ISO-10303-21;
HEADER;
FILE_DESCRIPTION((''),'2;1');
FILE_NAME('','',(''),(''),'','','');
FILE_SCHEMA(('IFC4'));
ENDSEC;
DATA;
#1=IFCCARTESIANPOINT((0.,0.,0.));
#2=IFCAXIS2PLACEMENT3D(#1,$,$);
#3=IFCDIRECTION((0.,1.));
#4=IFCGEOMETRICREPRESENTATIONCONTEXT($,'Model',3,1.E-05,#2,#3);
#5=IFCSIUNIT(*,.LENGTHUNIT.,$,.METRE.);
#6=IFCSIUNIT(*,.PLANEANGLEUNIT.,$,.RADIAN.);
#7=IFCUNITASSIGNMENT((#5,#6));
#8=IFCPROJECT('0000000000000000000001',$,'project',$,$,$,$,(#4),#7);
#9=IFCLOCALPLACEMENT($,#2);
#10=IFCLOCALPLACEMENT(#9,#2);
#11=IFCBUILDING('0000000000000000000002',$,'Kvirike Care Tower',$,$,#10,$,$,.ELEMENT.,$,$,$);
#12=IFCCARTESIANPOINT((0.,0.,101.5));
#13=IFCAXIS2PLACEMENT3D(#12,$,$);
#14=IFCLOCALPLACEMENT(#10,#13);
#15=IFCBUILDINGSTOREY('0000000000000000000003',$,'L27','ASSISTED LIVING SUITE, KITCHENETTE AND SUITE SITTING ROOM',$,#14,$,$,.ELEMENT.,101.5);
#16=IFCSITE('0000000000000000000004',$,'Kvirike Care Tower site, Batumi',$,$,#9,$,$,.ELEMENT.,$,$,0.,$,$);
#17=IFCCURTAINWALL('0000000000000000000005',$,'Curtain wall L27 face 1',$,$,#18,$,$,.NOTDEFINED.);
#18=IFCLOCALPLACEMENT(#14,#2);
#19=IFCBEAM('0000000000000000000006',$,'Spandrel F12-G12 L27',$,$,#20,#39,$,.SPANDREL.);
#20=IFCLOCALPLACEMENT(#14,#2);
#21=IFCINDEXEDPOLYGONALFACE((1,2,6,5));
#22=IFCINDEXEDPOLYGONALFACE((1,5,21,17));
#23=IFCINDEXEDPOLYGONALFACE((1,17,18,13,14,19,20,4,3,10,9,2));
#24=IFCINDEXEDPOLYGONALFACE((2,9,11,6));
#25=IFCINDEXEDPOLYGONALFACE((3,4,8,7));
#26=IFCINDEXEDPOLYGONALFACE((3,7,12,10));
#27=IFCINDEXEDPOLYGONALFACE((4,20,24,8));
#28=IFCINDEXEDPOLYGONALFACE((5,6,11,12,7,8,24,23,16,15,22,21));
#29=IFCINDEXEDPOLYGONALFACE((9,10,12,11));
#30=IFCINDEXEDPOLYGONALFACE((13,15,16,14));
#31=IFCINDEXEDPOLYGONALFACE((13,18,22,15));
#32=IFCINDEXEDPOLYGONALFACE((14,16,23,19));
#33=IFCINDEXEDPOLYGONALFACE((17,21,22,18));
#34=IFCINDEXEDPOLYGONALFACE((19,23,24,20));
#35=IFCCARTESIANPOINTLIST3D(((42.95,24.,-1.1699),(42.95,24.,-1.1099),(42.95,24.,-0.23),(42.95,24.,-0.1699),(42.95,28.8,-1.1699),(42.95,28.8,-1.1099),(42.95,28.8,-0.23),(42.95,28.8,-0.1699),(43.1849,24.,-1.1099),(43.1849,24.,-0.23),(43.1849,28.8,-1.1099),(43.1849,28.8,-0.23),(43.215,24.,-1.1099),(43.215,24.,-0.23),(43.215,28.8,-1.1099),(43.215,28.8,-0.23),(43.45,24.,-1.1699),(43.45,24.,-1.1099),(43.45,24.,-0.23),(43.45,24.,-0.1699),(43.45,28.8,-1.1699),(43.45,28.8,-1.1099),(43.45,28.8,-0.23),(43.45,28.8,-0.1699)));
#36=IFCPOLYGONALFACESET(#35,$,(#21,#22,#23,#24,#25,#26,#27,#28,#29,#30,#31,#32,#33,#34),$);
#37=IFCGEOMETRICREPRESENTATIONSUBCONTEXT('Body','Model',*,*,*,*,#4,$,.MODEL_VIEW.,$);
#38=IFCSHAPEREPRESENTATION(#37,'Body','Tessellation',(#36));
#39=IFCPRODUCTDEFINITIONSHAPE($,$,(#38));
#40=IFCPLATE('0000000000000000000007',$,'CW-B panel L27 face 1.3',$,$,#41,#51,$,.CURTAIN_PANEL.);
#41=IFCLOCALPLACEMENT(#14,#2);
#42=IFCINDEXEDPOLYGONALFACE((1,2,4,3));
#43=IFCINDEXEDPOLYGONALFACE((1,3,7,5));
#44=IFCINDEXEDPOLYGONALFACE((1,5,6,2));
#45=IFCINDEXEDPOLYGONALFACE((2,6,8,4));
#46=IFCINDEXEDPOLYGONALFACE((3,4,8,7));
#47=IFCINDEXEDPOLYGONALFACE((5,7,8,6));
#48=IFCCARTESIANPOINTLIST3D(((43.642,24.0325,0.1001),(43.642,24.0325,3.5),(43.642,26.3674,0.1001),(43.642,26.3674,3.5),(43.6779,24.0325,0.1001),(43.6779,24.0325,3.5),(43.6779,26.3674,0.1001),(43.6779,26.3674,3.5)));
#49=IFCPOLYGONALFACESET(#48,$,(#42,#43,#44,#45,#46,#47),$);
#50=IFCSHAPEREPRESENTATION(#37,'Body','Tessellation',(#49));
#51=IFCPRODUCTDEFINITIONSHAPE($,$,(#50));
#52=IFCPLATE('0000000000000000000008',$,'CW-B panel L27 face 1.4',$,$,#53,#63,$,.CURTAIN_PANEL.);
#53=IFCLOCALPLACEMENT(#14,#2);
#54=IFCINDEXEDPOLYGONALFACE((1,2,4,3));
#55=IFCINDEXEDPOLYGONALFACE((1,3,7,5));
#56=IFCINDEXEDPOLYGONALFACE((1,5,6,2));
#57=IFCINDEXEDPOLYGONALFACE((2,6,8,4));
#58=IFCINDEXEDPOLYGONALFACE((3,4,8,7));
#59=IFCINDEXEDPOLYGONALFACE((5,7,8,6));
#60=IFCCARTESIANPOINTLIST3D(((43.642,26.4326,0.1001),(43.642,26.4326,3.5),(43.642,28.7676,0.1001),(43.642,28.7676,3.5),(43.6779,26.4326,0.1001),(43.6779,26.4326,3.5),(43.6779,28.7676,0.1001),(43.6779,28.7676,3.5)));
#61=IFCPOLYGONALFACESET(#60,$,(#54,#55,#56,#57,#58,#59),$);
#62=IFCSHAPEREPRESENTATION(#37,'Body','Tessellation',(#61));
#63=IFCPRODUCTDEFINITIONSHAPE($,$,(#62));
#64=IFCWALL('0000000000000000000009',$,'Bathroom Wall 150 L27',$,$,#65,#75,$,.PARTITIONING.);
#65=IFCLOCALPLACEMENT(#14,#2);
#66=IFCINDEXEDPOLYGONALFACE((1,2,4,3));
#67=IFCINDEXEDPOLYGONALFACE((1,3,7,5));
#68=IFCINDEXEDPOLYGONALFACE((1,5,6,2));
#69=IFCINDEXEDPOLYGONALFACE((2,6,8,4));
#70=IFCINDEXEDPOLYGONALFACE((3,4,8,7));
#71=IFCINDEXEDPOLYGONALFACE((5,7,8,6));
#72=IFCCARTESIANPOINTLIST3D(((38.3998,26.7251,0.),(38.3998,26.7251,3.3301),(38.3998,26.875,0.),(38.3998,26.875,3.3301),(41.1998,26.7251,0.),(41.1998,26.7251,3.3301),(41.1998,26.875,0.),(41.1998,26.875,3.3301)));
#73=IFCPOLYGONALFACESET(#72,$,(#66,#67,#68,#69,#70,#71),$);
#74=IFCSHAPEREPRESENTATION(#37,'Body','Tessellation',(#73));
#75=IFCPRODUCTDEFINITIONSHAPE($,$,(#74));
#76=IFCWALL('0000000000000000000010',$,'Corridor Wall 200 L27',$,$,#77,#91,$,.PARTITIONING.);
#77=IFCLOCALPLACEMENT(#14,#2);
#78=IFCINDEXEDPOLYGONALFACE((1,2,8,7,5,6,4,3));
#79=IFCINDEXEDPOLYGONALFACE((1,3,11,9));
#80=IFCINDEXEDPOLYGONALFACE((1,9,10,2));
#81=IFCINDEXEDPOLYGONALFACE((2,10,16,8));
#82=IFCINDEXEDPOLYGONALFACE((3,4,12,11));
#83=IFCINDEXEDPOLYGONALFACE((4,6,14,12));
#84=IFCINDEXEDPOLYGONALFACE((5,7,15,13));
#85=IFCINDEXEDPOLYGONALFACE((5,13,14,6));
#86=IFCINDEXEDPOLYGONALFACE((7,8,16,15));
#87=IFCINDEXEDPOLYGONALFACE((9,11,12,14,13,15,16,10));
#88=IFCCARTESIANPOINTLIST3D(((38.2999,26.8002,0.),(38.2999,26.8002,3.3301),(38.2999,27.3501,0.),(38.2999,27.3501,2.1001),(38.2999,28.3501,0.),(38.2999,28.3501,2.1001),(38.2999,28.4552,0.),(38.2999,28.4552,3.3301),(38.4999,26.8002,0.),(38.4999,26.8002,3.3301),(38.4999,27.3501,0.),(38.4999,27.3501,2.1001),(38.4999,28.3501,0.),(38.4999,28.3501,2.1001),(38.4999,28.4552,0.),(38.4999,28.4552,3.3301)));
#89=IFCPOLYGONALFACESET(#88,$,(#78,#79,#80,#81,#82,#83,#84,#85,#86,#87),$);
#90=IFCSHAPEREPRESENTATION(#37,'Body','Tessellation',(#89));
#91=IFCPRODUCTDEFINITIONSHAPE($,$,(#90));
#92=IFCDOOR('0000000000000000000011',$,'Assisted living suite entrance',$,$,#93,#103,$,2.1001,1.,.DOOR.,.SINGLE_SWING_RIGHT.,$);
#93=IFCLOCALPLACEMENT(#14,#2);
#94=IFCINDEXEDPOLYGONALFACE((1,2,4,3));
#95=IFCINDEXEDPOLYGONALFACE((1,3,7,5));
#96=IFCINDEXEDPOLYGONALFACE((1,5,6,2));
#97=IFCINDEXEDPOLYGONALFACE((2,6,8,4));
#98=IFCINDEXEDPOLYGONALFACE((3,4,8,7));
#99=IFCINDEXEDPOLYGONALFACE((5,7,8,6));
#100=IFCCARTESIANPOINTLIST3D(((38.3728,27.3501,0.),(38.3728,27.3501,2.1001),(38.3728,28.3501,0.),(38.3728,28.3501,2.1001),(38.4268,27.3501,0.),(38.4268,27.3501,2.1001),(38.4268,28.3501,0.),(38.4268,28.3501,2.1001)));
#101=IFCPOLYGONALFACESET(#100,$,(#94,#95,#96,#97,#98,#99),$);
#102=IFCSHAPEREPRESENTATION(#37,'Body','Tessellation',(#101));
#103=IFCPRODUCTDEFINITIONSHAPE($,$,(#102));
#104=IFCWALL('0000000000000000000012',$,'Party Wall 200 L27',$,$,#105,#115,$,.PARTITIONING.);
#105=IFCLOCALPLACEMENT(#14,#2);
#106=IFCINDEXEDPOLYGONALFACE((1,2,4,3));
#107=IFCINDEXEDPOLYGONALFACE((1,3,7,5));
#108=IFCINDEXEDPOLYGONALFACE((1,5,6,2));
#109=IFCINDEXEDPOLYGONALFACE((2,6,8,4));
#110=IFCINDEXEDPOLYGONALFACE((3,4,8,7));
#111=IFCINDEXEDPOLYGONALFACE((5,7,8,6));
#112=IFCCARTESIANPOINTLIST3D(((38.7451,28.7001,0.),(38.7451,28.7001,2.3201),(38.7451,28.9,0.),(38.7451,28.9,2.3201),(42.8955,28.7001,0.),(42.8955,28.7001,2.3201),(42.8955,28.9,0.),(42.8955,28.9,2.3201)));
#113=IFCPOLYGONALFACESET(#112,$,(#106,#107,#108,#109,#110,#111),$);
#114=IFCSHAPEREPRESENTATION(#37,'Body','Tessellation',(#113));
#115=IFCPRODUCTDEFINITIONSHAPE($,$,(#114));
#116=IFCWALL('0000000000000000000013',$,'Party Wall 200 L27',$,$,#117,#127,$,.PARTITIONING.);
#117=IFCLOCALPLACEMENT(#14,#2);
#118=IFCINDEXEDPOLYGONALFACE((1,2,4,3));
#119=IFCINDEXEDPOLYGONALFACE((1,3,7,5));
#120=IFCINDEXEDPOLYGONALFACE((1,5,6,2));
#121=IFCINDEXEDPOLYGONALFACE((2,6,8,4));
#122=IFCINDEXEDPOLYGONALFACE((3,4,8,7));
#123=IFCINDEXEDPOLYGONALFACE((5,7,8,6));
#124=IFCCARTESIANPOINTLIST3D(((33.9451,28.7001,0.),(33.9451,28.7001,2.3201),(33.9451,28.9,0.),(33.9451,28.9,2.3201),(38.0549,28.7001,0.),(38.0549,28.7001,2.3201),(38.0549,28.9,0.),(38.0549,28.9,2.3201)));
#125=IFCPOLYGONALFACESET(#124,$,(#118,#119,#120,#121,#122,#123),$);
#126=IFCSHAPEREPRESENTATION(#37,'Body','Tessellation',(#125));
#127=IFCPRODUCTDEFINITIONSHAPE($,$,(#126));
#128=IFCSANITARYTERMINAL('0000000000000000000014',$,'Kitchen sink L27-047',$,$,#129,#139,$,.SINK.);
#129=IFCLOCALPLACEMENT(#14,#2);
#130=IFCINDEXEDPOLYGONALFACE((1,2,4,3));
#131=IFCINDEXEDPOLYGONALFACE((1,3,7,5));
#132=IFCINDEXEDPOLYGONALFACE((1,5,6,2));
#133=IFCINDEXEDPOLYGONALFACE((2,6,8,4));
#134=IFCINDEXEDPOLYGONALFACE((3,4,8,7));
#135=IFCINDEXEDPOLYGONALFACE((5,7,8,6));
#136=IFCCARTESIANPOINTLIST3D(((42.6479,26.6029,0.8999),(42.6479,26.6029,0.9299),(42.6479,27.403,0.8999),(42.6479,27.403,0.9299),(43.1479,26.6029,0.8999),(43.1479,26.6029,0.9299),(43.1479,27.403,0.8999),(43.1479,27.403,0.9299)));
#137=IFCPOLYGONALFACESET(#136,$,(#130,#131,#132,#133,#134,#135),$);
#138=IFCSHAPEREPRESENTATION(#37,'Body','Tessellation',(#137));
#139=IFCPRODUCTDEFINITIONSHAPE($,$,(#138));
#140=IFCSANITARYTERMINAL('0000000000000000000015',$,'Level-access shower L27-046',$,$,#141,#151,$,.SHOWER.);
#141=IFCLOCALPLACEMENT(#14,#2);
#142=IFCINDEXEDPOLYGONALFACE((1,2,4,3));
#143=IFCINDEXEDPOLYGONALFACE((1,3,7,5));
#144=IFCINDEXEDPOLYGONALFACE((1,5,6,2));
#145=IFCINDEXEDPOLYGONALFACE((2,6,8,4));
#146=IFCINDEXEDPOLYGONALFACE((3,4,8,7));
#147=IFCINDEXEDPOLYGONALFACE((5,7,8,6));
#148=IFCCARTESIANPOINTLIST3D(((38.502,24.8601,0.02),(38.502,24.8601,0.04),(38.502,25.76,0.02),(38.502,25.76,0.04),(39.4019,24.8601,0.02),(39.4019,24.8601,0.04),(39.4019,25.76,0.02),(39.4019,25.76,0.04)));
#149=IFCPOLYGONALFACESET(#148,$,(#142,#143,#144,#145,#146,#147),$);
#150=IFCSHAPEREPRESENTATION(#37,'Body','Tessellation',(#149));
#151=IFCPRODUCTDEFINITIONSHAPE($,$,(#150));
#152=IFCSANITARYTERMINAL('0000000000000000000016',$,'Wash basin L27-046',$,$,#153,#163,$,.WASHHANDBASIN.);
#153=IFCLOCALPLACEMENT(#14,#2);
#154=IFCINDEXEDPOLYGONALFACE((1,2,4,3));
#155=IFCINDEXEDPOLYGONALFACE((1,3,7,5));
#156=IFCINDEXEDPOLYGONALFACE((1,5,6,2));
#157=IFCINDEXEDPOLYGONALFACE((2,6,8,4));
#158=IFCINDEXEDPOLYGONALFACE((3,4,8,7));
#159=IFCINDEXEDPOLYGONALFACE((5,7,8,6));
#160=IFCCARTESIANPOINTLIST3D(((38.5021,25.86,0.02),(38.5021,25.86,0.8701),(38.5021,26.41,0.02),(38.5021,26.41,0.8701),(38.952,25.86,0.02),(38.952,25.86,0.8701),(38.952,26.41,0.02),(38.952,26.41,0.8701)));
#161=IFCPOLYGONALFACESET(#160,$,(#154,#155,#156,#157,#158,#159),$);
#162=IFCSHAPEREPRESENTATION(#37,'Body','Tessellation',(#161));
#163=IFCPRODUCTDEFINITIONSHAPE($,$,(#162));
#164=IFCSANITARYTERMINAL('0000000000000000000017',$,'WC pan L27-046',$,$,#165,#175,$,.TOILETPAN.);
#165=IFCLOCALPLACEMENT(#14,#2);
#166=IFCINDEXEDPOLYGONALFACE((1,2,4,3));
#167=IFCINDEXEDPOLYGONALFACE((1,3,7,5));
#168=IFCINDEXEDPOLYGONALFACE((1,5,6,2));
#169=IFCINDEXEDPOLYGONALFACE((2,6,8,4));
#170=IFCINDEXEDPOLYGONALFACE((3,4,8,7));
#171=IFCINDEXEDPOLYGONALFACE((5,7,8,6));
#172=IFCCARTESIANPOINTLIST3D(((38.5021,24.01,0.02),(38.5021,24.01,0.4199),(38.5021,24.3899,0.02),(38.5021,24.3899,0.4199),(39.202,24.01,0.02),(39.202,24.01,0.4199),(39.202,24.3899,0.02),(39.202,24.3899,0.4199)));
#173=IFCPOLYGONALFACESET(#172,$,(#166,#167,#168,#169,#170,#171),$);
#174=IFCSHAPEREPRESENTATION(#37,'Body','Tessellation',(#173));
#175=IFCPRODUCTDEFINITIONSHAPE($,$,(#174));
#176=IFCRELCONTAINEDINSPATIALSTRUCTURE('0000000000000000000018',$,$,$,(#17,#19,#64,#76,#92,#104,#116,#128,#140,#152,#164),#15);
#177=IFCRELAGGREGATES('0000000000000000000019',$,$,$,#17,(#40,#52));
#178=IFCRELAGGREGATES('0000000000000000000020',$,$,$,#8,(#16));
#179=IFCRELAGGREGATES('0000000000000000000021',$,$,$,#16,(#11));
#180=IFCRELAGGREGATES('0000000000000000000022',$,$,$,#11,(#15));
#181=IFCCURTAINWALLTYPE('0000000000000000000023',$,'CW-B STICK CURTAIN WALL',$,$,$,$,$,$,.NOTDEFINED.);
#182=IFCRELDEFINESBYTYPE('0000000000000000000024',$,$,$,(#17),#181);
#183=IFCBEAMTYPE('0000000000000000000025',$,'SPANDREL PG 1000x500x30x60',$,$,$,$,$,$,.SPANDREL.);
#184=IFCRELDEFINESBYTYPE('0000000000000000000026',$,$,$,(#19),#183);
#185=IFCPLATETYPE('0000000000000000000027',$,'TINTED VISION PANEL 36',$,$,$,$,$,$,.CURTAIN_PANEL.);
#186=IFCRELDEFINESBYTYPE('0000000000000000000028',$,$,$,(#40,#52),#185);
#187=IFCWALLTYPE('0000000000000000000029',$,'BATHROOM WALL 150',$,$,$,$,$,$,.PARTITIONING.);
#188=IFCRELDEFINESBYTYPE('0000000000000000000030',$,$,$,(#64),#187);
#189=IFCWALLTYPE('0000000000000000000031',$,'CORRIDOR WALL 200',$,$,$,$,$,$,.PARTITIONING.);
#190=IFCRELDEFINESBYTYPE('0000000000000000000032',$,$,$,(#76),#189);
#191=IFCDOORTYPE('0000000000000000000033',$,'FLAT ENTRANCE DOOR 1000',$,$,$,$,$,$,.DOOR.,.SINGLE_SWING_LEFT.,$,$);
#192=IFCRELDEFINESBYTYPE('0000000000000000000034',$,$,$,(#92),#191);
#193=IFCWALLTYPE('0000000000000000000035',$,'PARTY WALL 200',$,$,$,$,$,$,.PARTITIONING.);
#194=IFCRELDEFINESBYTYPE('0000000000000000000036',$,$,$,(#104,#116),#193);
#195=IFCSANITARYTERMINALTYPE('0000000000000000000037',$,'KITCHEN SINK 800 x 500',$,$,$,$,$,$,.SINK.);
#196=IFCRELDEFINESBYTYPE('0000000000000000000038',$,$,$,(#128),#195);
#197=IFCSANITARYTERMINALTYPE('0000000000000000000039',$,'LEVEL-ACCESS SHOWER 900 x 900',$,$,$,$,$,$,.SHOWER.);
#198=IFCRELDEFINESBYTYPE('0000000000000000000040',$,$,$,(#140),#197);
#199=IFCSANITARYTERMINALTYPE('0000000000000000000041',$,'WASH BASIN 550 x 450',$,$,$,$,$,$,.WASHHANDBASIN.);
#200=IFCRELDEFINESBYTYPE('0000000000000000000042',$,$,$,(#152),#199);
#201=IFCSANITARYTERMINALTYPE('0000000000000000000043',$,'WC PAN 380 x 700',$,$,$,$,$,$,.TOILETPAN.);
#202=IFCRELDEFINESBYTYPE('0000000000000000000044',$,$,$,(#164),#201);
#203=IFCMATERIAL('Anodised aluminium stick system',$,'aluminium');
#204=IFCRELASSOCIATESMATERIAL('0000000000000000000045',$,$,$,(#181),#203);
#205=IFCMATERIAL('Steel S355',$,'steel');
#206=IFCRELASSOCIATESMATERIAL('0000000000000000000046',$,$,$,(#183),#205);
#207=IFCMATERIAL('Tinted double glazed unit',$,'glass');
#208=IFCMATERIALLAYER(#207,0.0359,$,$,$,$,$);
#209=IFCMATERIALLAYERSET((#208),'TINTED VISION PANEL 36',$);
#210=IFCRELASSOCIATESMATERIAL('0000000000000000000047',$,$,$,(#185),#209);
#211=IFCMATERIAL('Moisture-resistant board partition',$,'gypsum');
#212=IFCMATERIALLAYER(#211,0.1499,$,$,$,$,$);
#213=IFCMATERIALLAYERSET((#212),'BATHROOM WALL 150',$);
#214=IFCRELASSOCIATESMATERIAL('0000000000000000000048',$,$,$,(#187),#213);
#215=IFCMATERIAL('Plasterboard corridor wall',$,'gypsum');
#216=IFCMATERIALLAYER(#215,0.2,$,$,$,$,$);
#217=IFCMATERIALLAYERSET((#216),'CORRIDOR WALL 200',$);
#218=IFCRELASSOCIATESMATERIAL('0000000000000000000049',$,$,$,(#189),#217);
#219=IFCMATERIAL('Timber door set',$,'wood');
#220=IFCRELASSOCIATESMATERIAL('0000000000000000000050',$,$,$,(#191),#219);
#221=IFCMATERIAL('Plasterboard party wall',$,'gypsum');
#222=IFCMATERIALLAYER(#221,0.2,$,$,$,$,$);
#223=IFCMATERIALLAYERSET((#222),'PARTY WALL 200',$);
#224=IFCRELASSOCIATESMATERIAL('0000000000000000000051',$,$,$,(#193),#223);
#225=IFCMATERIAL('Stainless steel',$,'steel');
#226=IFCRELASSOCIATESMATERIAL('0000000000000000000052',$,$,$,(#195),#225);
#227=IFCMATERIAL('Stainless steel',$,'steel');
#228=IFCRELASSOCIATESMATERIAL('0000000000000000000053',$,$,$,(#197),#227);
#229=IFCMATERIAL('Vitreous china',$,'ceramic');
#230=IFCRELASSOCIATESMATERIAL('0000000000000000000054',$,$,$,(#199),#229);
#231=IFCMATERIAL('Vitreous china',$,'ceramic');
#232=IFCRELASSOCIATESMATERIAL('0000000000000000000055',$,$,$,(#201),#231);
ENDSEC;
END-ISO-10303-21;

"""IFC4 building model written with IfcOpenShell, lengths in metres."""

from ifc_helpers import new_model, si_unit, direction, frame, frame_2d, origin, origin_2d, place, context, subcontext, project, spatial, rectangle, i_section, extrude, material, layer, layer_set, material_profile, profile_set, type_object, element, fill, aggregate, save


model = new_model("IFC4")

# Units and contexts
model_context = context("Model", 3, precision=1e-05, world=origin(), true_north=direction((0.0, 1.0)))
body_context = subcontext(model_context, "Body", "Model", "MODEL_VIEW")
ifc_project = project(units=[si_unit("LENGTHUNIT", "METRE"), si_unit("PLANEANGLEUNIT", "RADIAN")], contexts=[model_context])

# Site, building, storey
site_placement = place(None, origin())
site = spatial("IfcSite", under=ifc_project, at=site_placement, Name="Kvirike Care Tower site, Batumi", CompositionType="ELEMENT", RefElevation=0.0)
building_placement = place(site_placement, origin())
building = spatial("IfcBuilding", under=site, at=building_placement, Name="Kvirike Care Tower", CompositionType="ELEMENT")
storey_placement = place(building_placement, frame((0.0, 0.0, 101.5)))
storey = spatial("IfcBuildingStorey", under=building, at=storey_placement, Name="L27", Description="ASSISTED LIVING SUITE, KITCHENETTE AND SUITE SITTING ROOM", CompositionType="ELEMENT", Elevation=101.5)

# Curtain wall
ifc_material_1 = material(Name="Anodised aluminium stick system", Category="aluminium")
curtain_wall_type = type_object("IfcCurtainWallType", Name="CW-B STICK CURTAIN WALL", PredefinedType="NOTDEFINED", material=ifc_material_1)
curtain_wall_placement = place(storey_placement, origin())
curtain_wall = element("IfcCurtainWall", 1, at=curtain_wall_placement, inside=storey, type_object=curtain_wall_type, Name="Curtain wall L27 face 1", PredefinedType="NOTDEFINED")

# Beam
ifc_material_2 = material(Name="Steel S355", Category="steel")
ifc_material_profile_1 = material_profile(ifc_material_2, i_section(OverallWidth=0.5, OverallDepth=1.0, WebThickness=0.03, FlangeThickness=0.0601, at=origin_2d()), Name="PG 1000x500x30x60")
ifc_profile_set_1 = profile_set([ifc_material_profile_1], Name="Steel S355")
beam_type_1 = type_object("IfcBeamType", Name="SPANDREL PG 1000x500x30x60", PredefinedType="SPANDREL", material=ifc_profile_set_1)
beam_1_placement = place(storey_placement, frame((43.2, 24.0, -0.6699), z_axis=(0.0, 1.0, 0.0), x_axis=(-1.0, 0.0, 0.0)))
element("IfcBeam", 2, at=beam_1_placement, inside=storey, type_object=beam_type_1, Name="Spandrel F12-G12 L27", PredefinedType="SPANDREL", context=body_context, shape_type="SweptSolid", body=[
    extrude(i_section(OverallWidth=0.5, OverallDepth=1.0, WebThickness=0.03, FlangeThickness=0.0601, at=origin_2d()), origin(), (0.0, 0.0, 1.0), 4.8),
])

# Plates
ifc_material_3 = material(Name="Tinted double glazed unit", Category="glass")
ifc_layer_1 = layer(ifc_material_3, 0.0359)
ifc_layer_set_1 = layer_set([ifc_layer_1], Name="TINTED VISION PANEL 36")
plate_type = type_object("IfcPlateType", Name="TINTED VISION PANEL 36", PredefinedType="CURTAIN_PANEL", material=ifc_layer_set_1)
plate_1_placement = place(storey_placement, frame((43.6599, 25.2, 0.1001), z_axis=(0.0, 0.0, 1.0), x_axis=(0.0, 1.0, 0.0)))
plate_1 = element("IfcPlate", 3, at=plate_1_placement, type_object=plate_type, Name="CW-B panel L27 face 1.3", PredefinedType="CURTAIN_PANEL", context=body_context, shape_type="SweptSolid", body=[
    extrude(rectangle(XDim=2.335, YDim=0.0359, at=origin_2d()), origin(), (0.0, 0.0, 1.0), 3.3999),
])
plate_2_placement = place(storey_placement, frame((43.6599, 27.6001, 0.1001), z_axis=(0.0, 0.0, 1.0), x_axis=(0.0, 1.0, 0.0)))
plate_2 = element("IfcPlate", 4, at=plate_2_placement, type_object=plate_type, Name="CW-B panel L27 face 1.4", PredefinedType="CURTAIN_PANEL", context=body_context, shape_type="SweptSolid", body=[
    extrude(rectangle(XDim=2.335, YDim=0.0359, at=origin_2d()), origin(), (0.0, 0.0, 1.0), 3.3999),
])
aggregate(curtain_wall, [plate_1, plate_2])

# Wall
ifc_material_4 = material(Name="Moisture-resistant board partition", Category="gypsum")
ifc_layer_2 = layer(ifc_material_4, 0.1499)
ifc_layer_set_2 = layer_set([ifc_layer_2], Name="BATHROOM WALL 150")
wall_type_1 = type_object("IfcWallType", Name="BATHROOM WALL 150", PredefinedType="PARTITIONING", material=ifc_layer_set_2)
wall_1_placement = place(storey_placement, frame((38.3999, 26.8, 0.0), z_axis=(0.0, 0.0, 1.0), x_axis=(1.0, 0.0, 0.0)))
element("IfcWall", 5, at=wall_1_placement, inside=storey, type_object=wall_type_1, Name="Bathroom Wall 150 L27", PredefinedType="PARTITIONING", context=body_context, shape_type="SweptSolid", body=[
    extrude(rectangle(XDim=2.8, YDim=0.1499, at=frame_2d((1.3999, 0.0))), origin(), (0.0, 0.0, 1.0), 3.3301),
])

# Wall, opening, door
ifc_material_5 = material(Name="Plasterboard corridor wall", Category="gypsum")
ifc_layer_3 = layer(ifc_material_5, 0.2)
ifc_layer_set_3 = layer_set([ifc_layer_3], Name="CORRIDOR WALL 200")
wall_type_2 = type_object("IfcWallType", Name="CORRIDOR WALL 200", PredefinedType="PARTITIONING", material=ifc_layer_set_3)
wall_2_placement = place(storey_placement, frame((38.3999, 26.8, 0.0), z_axis=(0.0, 0.0, 1.0), x_axis=(0.0, 1.0, 0.0)))
wall_2 = element("IfcWall", 6, at=wall_2_placement, inside=storey, type_object=wall_type_2, Name="Corridor Wall 200 L27", PredefinedType="PARTITIONING", context=body_context, shape_type="SweptSolid", body=[
    extrude(rectangle(XDim=1.655, YDim=0.2, at=frame_2d((0.8276, 0.0))), origin(), (0.0, 0.0, 1.0), 3.3301),
])
opening_placement = place(wall_2_placement, frame((0.55, 0.0, 0.0)))
opening = element("IfcOpeningElement", 7, at=opening_placement, cuts=wall_2, PredefinedType="OPENING", context=body_context, shape_type="SweptSolid", body=[
    extrude(rectangle(XDim=1.0, YDim=2.1001, at=frame_2d((0.5, 1.05))), frame((0.0, 0.1106, 0.0), z_axis=(0.0, -1.0, 0.0), x_axis=(1.0, 0.0, 0.0)), (0.0, 0.0, 1.0), 0.2209),
])
ifc_material_6 = material(Name="Timber door set", Category="wood")
door_type = type_object("IfcDoorType", Name="FLAT ENTRANCE DOOR 1000", OperationType="SINGLE_SWING_LEFT", PredefinedType="DOOR", material=ifc_material_6)
door_placement = place(opening_placement, frame((1.0, 0.0, 0.0), z_axis=(0.0, 0.0, 1.0), x_axis=(-1.0, 0.0, 0.0)))
door = element("IfcDoor", 8, at=door_placement, inside=storey, type_object=door_type, Name="Assisted living suite entrance", OperationType="SINGLE_SWING_RIGHT", OverallHeight=2.1001, OverallWidth=1.0, PredefinedType="DOOR", context=body_context, shape_type="SweptSolid", body=[
    extrude(rectangle(XDim=1.0, YDim=2.1001, at=frame_2d((0.5, 1.05))), frame((0.0, 0.0269, 0.0), z_axis=(0.0, -1.0, 0.0), x_axis=(1.0, 0.0, 0.0)), (0.0, 0.0, 1.0), 0.054),
])
fill(opening, door)

# Walls
ifc_material_7 = material(Name="Plasterboard party wall", Category="gypsum")
ifc_layer_4 = layer(ifc_material_7, 0.2)
ifc_layer_set_4 = layer_set([ifc_layer_4], Name="PARTY WALL 200")
wall_type_3 = type_object("IfcWallType", Name="PARTY WALL 200", PredefinedType="PARTITIONING", material=ifc_layer_set_4)
wall_3_placement = place(storey_placement, frame((42.8955, 28.8, 0.0), z_axis=(0.0, 0.0, 1.0), x_axis=(-1.0, 0.0, 0.0)))
element("IfcWall", 9, at=wall_3_placement, inside=storey, type_object=wall_type_3, Name="Party Wall 200 L27", PredefinedType="PARTITIONING", context=body_context, shape_type="SweptSolid", body=[
    extrude(rectangle(XDim=4.1504, YDim=0.2, at=frame_2d((2.0752, 0.0))), origin(), (0.0, 0.0, 1.0), 2.3201),
])
wall_4_placement = place(storey_placement, frame((38.0549, 28.8, 0.0), z_axis=(0.0, 0.0, 1.0), x_axis=(-1.0, 0.0, 0.0)))
element("IfcWall", 10, at=wall_4_placement, inside=storey, type_object=wall_type_3, Name="Party Wall 200 L27", PredefinedType="PARTITIONING", context=body_context, shape_type="SweptSolid", body=[
    extrude(rectangle(XDim=4.1099, YDim=0.2, at=frame_2d((2.0549, 0.0))), origin(), (0.0, 0.0, 1.0), 2.3201),
])

# Sanitary terminals
ifc_material_8 = material(Name="Stainless steel", Category="steel")
sanitary_terminal_type_1 = type_object("IfcSanitaryTerminalType", Name="KITCHEN SINK 800 x 500", PredefinedType="SINK", material=ifc_material_8)
sanitary_terminal_1_placement = place(storey_placement, frame((42.8979, 27.0029, 0.8999), z_axis=(0.0, 0.0, 1.0), x_axis=(0.0, -1.0, 0.0)))
element("IfcSanitaryTerminal", 11, at=sanitary_terminal_1_placement, inside=storey, type_object=sanitary_terminal_type_1, Name="Kitchen sink L27-047", PredefinedType="SINK", context=body_context, shape_type="SweptSolid", body=[
    extrude(rectangle(XDim=0.8, YDim=0.5, at=origin_2d()), origin(), (0.0, 0.0, 1.0), 0.03),
])
ifc_material_9 = material(Name="Stainless steel", Category="steel")
sanitary_terminal_type_2 = type_object("IfcSanitaryTerminalType", Name="LEVEL-ACCESS SHOWER 900 x 900", PredefinedType="SHOWER", material=ifc_material_9)
sanitary_terminal_2_placement = place(storey_placement, frame((38.9519, 25.3101, 0.02), z_axis=(0.0, 0.0, 1.0), x_axis=(0.0, 1.0, 0.0)))
element("IfcSanitaryTerminal", 12, at=sanitary_terminal_2_placement, inside=storey, type_object=sanitary_terminal_type_2, Name="Level-access shower L27-046", PredefinedType="SHOWER", context=body_context, shape_type="SweptSolid", body=[
    extrude(rectangle(XDim=0.8999, YDim=0.8999, at=origin_2d()), origin(), (0.0, 0.0, 1.0), 0.02),
])
ifc_material_10 = material(Name="Vitreous china", Category="ceramic")
sanitary_terminal_type_3 = type_object("IfcSanitaryTerminalType", Name="WASH BASIN 550 x 450", PredefinedType="WASHHANDBASIN", material=ifc_material_10)
sanitary_terminal_3_placement = place(storey_placement, frame((38.7271, 26.135, 0.02), z_axis=(0.0, 0.0, 1.0), x_axis=(0.0, 1.0, 0.0)))
element("IfcSanitaryTerminal", 13, at=sanitary_terminal_3_placement, inside=storey, type_object=sanitary_terminal_type_3, Name="Wash basin L27-046", PredefinedType="WASHHANDBASIN", context=body_context, shape_type="SweptSolid", body=[
    extrude(rectangle(XDim=0.55, YDim=0.45, at=origin_2d()), origin(), (0.0, 0.0, 1.0), 0.8501),
])
ifc_material_11 = material(Name="Vitreous china", Category="ceramic")
sanitary_terminal_type_4 = type_object("IfcSanitaryTerminalType", Name="WC PAN 380 x 700", PredefinedType="TOILETPAN", material=ifc_material_11)
sanitary_terminal_4_placement = place(storey_placement, frame((38.8521, 24.2, 0.02), z_axis=(0.0, 0.0, 1.0), x_axis=(0.0, 1.0, 0.0)))
element("IfcSanitaryTerminal", 14, at=sanitary_terminal_4_placement, inside=storey, type_object=sanitary_terminal_type_4, Name="WC pan L27-046", PredefinedType="TOILETPAN", context=body_context, shape_type="SweptSolid", body=[
    extrude(rectangle(XDim=0.3799, YDim=0.7, at=origin_2d()), origin(), (0.0, 0.0, 1.0), 0.3999),
])

save(model, "model.ifc")
